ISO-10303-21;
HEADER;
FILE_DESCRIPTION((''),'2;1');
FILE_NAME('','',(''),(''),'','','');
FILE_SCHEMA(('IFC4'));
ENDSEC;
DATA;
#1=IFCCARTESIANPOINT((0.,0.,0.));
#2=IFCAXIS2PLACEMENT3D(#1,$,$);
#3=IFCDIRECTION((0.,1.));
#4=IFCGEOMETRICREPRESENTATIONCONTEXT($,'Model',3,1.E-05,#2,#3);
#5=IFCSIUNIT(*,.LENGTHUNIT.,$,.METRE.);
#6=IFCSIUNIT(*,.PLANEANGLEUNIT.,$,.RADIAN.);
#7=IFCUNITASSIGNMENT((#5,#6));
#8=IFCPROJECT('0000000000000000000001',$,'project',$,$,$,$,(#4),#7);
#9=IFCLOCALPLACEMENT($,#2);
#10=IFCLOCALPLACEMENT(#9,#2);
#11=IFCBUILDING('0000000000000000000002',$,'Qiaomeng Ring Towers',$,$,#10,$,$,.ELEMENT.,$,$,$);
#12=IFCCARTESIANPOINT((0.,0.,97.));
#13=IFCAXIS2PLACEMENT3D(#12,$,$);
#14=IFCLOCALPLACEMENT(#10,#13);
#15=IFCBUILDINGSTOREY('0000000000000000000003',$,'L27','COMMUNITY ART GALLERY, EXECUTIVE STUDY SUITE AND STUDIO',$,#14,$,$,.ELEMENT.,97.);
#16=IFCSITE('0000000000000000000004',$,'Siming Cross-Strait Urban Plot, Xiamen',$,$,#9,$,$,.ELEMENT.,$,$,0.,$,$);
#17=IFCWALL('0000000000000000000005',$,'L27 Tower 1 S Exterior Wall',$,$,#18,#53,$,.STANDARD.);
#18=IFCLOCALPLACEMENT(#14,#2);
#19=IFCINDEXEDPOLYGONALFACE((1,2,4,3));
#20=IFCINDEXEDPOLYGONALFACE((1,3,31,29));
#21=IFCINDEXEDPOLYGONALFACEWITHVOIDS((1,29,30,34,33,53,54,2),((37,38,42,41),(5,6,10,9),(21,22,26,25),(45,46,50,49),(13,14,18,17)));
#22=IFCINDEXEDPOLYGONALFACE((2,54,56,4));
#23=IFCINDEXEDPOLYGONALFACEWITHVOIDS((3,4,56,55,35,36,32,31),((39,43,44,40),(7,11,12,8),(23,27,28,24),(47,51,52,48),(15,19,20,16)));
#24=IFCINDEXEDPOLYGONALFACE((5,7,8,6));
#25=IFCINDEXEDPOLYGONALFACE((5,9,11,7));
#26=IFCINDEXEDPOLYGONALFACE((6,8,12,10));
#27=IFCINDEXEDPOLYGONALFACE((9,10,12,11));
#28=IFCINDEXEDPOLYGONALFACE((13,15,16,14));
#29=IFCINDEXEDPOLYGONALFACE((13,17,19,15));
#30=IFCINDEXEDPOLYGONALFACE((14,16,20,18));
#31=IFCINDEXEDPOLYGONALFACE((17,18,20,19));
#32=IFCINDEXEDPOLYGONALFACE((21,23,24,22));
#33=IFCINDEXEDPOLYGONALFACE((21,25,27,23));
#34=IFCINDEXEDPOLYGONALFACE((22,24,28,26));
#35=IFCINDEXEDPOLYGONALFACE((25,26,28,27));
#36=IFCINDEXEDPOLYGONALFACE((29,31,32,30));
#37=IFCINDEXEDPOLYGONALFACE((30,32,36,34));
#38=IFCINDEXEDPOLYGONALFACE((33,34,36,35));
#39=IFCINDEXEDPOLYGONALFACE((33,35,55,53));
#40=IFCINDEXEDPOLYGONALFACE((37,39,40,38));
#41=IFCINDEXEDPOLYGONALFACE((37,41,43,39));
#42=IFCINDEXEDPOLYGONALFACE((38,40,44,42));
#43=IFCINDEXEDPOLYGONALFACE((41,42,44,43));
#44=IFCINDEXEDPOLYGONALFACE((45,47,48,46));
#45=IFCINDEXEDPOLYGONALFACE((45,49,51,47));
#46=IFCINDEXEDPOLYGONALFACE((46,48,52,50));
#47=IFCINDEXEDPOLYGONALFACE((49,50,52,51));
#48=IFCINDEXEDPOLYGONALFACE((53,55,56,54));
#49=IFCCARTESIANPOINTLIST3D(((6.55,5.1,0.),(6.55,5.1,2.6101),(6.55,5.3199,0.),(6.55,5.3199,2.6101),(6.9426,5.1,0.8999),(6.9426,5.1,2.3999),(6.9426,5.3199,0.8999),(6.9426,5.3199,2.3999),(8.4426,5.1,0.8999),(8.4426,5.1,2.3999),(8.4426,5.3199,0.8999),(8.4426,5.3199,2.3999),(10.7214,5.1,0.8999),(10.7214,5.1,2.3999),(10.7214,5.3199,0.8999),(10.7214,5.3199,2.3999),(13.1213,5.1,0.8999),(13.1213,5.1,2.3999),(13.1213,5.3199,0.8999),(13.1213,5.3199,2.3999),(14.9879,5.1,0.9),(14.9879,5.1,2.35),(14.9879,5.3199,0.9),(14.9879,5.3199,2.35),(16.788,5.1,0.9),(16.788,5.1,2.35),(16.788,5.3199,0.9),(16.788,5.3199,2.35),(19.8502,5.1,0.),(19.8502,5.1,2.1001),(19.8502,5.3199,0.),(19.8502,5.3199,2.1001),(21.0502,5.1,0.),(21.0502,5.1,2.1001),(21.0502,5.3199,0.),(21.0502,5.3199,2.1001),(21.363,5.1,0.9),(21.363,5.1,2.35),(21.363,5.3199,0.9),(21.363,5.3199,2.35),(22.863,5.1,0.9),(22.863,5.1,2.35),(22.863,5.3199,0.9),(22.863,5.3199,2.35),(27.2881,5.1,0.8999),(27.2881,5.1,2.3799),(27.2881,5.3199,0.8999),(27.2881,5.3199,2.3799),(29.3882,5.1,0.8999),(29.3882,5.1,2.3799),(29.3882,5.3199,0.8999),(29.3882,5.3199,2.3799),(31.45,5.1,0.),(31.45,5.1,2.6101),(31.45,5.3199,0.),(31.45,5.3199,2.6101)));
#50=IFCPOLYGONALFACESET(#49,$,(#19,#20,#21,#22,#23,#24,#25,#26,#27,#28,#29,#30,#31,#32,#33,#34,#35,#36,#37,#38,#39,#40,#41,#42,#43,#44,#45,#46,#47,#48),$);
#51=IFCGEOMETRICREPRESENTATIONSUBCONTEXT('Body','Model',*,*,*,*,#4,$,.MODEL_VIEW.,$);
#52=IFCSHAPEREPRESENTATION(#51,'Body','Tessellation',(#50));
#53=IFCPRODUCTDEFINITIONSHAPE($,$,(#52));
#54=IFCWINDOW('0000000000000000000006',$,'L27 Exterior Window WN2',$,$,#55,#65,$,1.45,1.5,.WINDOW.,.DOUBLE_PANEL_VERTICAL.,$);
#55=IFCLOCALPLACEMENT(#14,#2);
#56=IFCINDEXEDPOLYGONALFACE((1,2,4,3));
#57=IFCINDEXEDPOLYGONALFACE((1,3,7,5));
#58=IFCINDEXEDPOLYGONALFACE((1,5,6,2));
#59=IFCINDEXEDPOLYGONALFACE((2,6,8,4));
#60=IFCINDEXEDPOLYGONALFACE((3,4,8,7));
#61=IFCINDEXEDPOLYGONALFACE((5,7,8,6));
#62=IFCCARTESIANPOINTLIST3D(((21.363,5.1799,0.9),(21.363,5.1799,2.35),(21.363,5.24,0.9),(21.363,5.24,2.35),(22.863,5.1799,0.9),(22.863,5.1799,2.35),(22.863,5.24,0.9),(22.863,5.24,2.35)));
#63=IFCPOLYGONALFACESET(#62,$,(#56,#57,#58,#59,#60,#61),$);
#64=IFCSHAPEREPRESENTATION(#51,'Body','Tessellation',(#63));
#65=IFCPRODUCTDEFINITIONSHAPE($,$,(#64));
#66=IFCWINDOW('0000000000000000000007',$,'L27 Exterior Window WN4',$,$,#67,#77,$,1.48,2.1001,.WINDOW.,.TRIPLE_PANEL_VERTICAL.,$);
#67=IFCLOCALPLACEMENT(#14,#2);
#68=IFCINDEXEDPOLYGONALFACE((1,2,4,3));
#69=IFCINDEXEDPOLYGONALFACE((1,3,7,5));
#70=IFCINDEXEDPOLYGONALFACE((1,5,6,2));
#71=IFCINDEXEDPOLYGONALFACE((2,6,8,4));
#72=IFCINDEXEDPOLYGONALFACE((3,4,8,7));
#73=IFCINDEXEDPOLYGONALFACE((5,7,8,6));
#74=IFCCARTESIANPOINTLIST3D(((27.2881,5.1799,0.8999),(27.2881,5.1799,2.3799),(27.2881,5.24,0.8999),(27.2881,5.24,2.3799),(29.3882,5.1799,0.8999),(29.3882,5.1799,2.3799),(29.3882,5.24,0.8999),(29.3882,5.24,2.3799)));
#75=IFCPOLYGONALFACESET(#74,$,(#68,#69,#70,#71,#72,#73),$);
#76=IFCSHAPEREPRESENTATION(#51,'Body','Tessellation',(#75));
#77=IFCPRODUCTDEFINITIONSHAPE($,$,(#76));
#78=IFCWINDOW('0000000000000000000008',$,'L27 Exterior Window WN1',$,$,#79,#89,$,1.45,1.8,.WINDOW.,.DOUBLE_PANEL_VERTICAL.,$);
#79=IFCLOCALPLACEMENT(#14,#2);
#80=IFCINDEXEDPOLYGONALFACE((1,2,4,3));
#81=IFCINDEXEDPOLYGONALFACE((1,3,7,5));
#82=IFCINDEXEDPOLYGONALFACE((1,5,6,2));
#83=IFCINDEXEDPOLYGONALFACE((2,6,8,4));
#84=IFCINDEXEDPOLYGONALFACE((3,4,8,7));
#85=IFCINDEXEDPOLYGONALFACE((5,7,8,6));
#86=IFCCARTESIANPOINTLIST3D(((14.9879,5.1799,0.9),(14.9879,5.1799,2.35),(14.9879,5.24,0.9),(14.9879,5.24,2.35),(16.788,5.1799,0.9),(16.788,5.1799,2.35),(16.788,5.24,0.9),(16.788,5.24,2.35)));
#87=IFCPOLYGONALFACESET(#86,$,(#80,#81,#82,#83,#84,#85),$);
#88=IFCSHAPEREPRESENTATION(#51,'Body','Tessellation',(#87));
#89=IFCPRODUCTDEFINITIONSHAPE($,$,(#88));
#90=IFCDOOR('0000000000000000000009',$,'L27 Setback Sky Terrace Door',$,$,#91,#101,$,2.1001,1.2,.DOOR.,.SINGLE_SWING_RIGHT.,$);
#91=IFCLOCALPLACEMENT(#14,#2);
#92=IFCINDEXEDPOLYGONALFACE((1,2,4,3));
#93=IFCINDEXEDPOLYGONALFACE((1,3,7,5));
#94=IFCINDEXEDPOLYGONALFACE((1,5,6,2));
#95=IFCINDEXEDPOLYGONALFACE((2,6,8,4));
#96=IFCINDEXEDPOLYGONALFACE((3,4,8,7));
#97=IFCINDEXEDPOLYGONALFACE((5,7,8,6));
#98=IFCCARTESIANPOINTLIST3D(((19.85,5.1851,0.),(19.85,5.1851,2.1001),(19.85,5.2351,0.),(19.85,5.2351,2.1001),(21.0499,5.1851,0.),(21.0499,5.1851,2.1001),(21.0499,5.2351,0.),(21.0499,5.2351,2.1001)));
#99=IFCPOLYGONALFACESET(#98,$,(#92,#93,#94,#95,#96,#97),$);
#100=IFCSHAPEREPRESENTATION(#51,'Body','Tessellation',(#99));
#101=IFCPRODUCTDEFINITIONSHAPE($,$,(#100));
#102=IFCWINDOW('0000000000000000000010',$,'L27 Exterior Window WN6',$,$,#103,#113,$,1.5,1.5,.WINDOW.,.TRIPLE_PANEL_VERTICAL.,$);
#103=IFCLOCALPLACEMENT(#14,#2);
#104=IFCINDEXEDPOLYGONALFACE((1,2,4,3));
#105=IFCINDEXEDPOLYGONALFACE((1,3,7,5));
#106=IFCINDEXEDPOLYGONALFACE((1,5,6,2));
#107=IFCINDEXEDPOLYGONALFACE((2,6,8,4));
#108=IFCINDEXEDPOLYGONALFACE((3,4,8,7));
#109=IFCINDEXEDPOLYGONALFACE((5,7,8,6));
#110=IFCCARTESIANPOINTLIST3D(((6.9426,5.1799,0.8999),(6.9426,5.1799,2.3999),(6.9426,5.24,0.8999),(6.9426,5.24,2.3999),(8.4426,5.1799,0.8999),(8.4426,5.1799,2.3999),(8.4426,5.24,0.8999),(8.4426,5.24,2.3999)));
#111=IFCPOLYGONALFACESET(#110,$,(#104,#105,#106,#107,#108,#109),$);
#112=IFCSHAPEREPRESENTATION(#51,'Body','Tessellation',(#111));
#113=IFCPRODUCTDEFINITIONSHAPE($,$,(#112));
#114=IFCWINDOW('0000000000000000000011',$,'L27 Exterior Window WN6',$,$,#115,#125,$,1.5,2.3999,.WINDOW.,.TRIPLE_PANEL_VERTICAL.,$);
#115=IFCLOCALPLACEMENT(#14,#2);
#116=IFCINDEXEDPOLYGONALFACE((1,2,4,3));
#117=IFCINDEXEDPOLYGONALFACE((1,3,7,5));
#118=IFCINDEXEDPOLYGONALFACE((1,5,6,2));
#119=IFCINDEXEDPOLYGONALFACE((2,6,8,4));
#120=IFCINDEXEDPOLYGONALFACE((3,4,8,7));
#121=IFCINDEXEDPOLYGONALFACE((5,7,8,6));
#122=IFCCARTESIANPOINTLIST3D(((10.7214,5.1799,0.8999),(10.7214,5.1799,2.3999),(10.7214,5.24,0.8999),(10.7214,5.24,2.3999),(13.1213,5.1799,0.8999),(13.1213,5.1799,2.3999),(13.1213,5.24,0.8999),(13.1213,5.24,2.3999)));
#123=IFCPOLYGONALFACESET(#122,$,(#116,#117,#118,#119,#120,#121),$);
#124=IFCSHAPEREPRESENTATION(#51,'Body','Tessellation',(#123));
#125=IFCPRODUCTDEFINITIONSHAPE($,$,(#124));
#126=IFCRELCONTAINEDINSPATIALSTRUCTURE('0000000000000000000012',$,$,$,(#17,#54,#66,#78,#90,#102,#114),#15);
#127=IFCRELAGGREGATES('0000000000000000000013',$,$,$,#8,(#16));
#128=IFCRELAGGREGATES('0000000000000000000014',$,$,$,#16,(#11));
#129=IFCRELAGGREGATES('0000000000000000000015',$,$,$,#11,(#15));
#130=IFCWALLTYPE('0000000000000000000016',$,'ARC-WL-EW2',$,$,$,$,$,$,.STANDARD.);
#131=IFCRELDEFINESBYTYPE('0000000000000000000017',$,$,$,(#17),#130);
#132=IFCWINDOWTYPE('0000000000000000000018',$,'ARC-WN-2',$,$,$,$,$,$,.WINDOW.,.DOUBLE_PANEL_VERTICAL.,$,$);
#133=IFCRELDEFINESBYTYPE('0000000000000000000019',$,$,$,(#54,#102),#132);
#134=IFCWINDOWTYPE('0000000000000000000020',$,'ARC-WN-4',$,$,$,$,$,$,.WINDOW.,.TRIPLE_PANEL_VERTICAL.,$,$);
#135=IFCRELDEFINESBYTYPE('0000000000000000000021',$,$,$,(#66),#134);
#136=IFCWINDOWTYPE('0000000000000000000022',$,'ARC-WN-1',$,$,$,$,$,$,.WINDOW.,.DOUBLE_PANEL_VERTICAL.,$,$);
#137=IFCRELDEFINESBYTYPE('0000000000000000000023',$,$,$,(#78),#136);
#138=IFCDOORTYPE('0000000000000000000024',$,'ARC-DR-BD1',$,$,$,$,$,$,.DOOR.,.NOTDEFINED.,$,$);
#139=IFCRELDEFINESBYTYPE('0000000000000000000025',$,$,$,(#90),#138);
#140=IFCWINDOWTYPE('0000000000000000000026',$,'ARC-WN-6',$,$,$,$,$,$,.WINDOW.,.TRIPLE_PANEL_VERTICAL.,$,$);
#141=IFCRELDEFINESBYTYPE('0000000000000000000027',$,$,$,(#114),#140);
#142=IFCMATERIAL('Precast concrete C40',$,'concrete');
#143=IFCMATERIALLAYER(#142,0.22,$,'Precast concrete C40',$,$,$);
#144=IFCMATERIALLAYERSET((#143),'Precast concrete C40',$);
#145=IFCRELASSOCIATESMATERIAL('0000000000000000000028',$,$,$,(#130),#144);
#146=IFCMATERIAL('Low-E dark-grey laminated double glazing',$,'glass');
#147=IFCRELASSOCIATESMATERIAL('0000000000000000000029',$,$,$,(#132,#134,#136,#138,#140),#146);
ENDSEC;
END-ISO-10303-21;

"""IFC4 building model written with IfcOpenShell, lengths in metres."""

from ifc_helpers import new_model, si_unit, direction, frame, frame_2d, origin, place, context, subcontext, project, spatial, rectangle, extrude, source, transform, mapped, material, layer, layer_set, type_object, element, fill, save


model = new_model("IFC4")

# Units and contexts
model_context = context("Model", 3, precision=1e-05, world=origin(), true_north=direction((0.0, 1.0)))
body_context = subcontext(model_context, "Body", "Model", "MODEL_VIEW")
ifc_project = project(units=[si_unit("LENGTHUNIT", "METRE"), si_unit("PLANEANGLEUNIT", "RADIAN")], contexts=[model_context])

# Site, building, storey
site_placement = place(None, origin())
site = spatial("IfcSite", under=ifc_project, at=site_placement, Name="Siming Cross-Strait Urban Plot, Xiamen", CompositionType="ELEMENT", RefElevation=0.0)
building_placement = place(site_placement, origin())
building = spatial("IfcBuilding", under=site, at=building_placement, Name="Qiaomeng Ring Towers", CompositionType="ELEMENT")
storey_placement = place(building_placement, frame((0.0, 0.0, 97.0)))
storey = spatial("IfcBuildingStorey", under=building, at=storey_placement, Name="L27", Description="COMMUNITY ART GALLERY, EXECUTIVE STUDY SUITE AND STUDIO", CompositionType="ELEMENT", Elevation=97.0)

# Shared definitions
ifc_material_1 = material(Name="Precast concrete C40", Category="concrete")

# Shared definitions
ifc_material_2 = material(Name="Low-E dark-grey laminated double glazing", Category="glass")

# Wall, openings, windows, door
ifc_layer_1 = layer(ifc_material_1, 0.22, Name="Precast concrete C40")
ifc_layer_set_1 = layer_set([ifc_layer_1], Name="Precast concrete C40")
wall_type_1 = type_object("IfcWallType", Name="ARC-WL-EW2", PredefinedType="STANDARD", material=ifc_layer_set_1)
wall_1_placement = place(storey_placement, frame((6.55, 5.21, 0.0), z_axis=(0.0, 0.0, 1.0), x_axis=(1.0, 0.0, 0.0)))
wall_1 = element("IfcWall", 1, at=wall_1_placement, inside=storey, type_object=wall_type_1, Name="L27 Tower 1 S Exterior Wall", PredefinedType="STANDARD", context=body_context, shape_type="SweptSolid", body=[
    extrude(rectangle(XDim=24.8999, YDim=0.22, at=frame_2d((12.45, 0.0))), origin(), (0.0, 0.0, 1.0), 2.6101),
])
opening_1_placement = place(wall_1_placement, frame((13.3, 0.0, 0.0)))
opening_1 = element("IfcOpeningElement", 2, at=opening_1_placement, cuts=wall_1, PredefinedType="OPENING", context=body_context, shape_type="SweptSolid", body=[
    extrude(rectangle(XDim=1.2, YDim=2.1001, at=frame_2d((0.6001, 1.05))), frame((0.0, 0.1199, 0.0), z_axis=(0.0, -1.0, 0.0), x_axis=(1.0, 0.0, 0.0)), (0.0, 0.0, 1.0), 0.24),
])
opening_2_placement = place(wall_1_placement, frame((0.3926, 0.0, 0.8999)))
opening_2 = element("IfcOpeningElement", 3, at=opening_2_placement, cuts=wall_1, PredefinedType="OPENING", context=body_context, shape_type="SweptSolid", body=[
    extrude(rectangle(XDim=1.5, YDim=1.5, at=frame_2d((0.75, 0.75))), frame((0.0, 0.1199, 0.0), z_axis=(0.0, -1.0, 0.0), x_axis=(1.0, 0.0, 0.0)), (0.0, 0.0, 1.0), 0.24),
])
opening_3_placement = place(wall_1_placement, frame((8.438, 0.0, 0.8999)))
opening_3 = element("IfcOpeningElement", 4, at=opening_3_placement, cuts=wall_1, PredefinedType="OPENING", context=body_context, shape_type="SweptSolid", body=[
    extrude(rectangle(XDim=1.8, YDim=1.45, at=frame_2d((0.8999, 0.7251))), frame((0.0, 0.1199, 0.0), z_axis=(0.0, -1.0, 0.0), x_axis=(1.0, 0.0, 0.0)), (0.0, 0.0, 1.0), 0.24),
])
opening_4_placement = place(wall_1_placement, frame((14.813, 0.0, 0.8999)))
opening_4 = element("IfcOpeningElement", 5, at=opening_4_placement, cuts=wall_1, PredefinedType="OPENING", context=body_context, shape_type="SweptSolid", body=[
    extrude(rectangle(XDim=1.5, YDim=1.45, at=frame_2d((0.75, 0.7251))), frame((0.0, 0.1199, 0.0), z_axis=(0.0, -1.0, 0.0), x_axis=(1.0, 0.0, 0.0)), (0.0, 0.0, 1.0), 0.24),
])
opening_5_placement = place(wall_1_placement, frame((20.738, 0.0, 0.8999)))
opening_5 = element("IfcOpeningElement", 6, at=opening_5_placement, cuts=wall_1, PredefinedType="OPENING", context=body_context, shape_type="SweptSolid", body=[
    extrude(rectangle(XDim=2.1001, YDim=1.48, at=frame_2d((1.05, 0.74))), frame((0.0, 0.1199, 0.0), z_axis=(0.0, -1.0, 0.0), x_axis=(1.0, 0.0, 0.0)), (0.0, 0.0, 1.0), 0.24),
])
opening_6_placement = place(wall_1_placement, frame((4.1714, 0.0, 0.8999)))
opening_6 = element("IfcOpeningElement", 7, at=opening_6_placement, cuts=wall_1, PredefinedType="OPENING", context=body_context, shape_type="SweptSolid", body=[
    extrude(rectangle(XDim=2.3999, YDim=1.5, at=frame_2d((1.2, 0.75))), frame((0.0, 0.1199, 0.0), z_axis=(0.0, -1.0, 0.0), x_axis=(1.0, 0.0, 0.0)), (0.0, 0.0, 1.0), 0.24),
])
window_type_1 = type_object("IfcWindowType", Name="ARC-WN-2", PartitioningType="DOUBLE_PANEL_VERTICAL", PredefinedType="WINDOW", material=ifc_material_2)
shared_shape_1 = source(origin(), body_context, "Body", "SweptSolid", [
    extrude(rectangle(XDim=1.5, YDim=1.45, at=frame_2d((0.75, 0.7251))), frame((0.0, 0.03, 0.0), z_axis=(0.0, -1.0, 0.0), x_axis=(1.0, 0.0, 0.0)), (0.0, 0.0, 1.0), 0.0601),
])
window_1_placement = place(opening_4_placement, origin())
window_1 = element("IfcWindow", 8, at=window_1_placement, inside=storey, type_object=window_type_1, Name="L27 Exterior Window WN2", OverallHeight=1.45, OverallWidth=1.5, PartitioningType="DOUBLE_PANEL_VERTICAL", PredefinedType="WINDOW", context=body_context, shape_type="MappedRepresentation", body=[
    mapped(shared_shape_1, transform((0.0, 0.0, 0.0), x_axis=(1.0, 0.0, 0.0), y_axis=(0.0, 1.0, 0.0), z_axis=(0.0, 0.0, 1.0), scale=1.0)),
])
fill(opening_4, window_1)
window_type_2 = type_object("IfcWindowType", Name="ARC-WN-4", PartitioningType="TRIPLE_PANEL_VERTICAL", PredefinedType="WINDOW", material=ifc_material_2)
shared_shape_2 = source(origin(), body_context, "Body", "SweptSolid", [
    extrude(rectangle(XDim=2.1001, YDim=1.48, at=frame_2d((1.05, 0.74))), frame((0.0, 0.03, 0.0), z_axis=(0.0, -1.0, 0.0), x_axis=(1.0, 0.0, 0.0)), (0.0, 0.0, 1.0), 0.0601),
])
window_2_placement = place(opening_5_placement, origin())
window_2 = element("IfcWindow", 9, at=window_2_placement, inside=storey, type_object=window_type_2, Name="L27 Exterior Window WN4", OverallHeight=1.48, OverallWidth=2.1001, PartitioningType="TRIPLE_PANEL_VERTICAL", PredefinedType="WINDOW", context=body_context, shape_type="MappedRepresentation", body=[
    mapped(shared_shape_2, transform((0.0, 0.0, 0.0), x_axis=(1.0, 0.0, 0.0), y_axis=(0.0, 1.0, 0.0), z_axis=(0.0, 0.0, 1.0), scale=1.0)),
])
fill(opening_5, window_2)
window_type_3 = type_object("IfcWindowType", Name="ARC-WN-1", PartitioningType="DOUBLE_PANEL_VERTICAL", PredefinedType="WINDOW", material=ifc_material_2)
shared_shape_3 = source(origin(), body_context, "Body", "SweptSolid", [
    extrude(rectangle(XDim=1.8, YDim=1.45, at=frame_2d((0.8999, 0.7251))), frame((0.0, 0.03, 0.0), z_axis=(0.0, -1.0, 0.0), x_axis=(1.0, 0.0, 0.0)), (0.0, 0.0, 1.0), 0.0601),
])
window_3_placement = place(opening_3_placement, origin())
window_3 = element("IfcWindow", 10, at=window_3_placement, inside=storey, type_object=window_type_3, Name="L27 Exterior Window WN1", OverallHeight=1.45, OverallWidth=1.8, PartitioningType="DOUBLE_PANEL_VERTICAL", PredefinedType="WINDOW", context=body_context, shape_type="MappedRepresentation", body=[
    mapped(shared_shape_3, transform((0.0, 0.0, 0.0), x_axis=(1.0, 0.0, 0.0), y_axis=(0.0, 1.0, 0.0), z_axis=(0.0, 0.0, 1.0), scale=1.0)),
])
fill(opening_3, window_3)
door_type_1 = type_object("IfcDoorType", Name="ARC-DR-BD1", OperationType="NOTDEFINED", PredefinedType="DOOR", material=ifc_material_2)
shared_shape_4 = source(origin(), body_context, "Body", "SweptSolid", [
    extrude(rectangle(XDim=1.2, YDim=2.1001, at=frame_2d((0.6001, 1.05))), frame((0.0, 0.0249, 0.0), z_axis=(0.0, -1.0, 0.0), x_axis=(1.0, 0.0, 0.0)), (0.0, 0.0, 1.0), 0.05),
])
door_1_placement = place(opening_1_placement, frame((1.2, 0.0, 0.0), z_axis=(0.0, 0.0, 1.0), x_axis=(-1.0, 0.0, 0.0)))
door_1 = element("IfcDoor", 11, at=door_1_placement, inside=storey, type_object=door_type_1, Name="L27 Setback Sky Terrace Door", OperationType="SINGLE_SWING_RIGHT", OverallHeight=2.1001, OverallWidth=1.2, PredefinedType="DOOR", context=body_context, shape_type="MappedRepresentation", body=[
    mapped(shared_shape_4, transform((0.0, 0.0, 0.0), x_axis=(1.0, 0.0, 0.0), y_axis=(0.0, 1.0, 0.0), z_axis=(0.0, 0.0, 1.0), scale=1.0)),
])
fill(opening_1, door_1)
shared_shape_5 = source(origin(), body_context, "Body", "SweptSolid", [
    extrude(rectangle(XDim=1.5, YDim=1.5, at=frame_2d((0.75, 0.75))), frame((0.0, 0.03, 0.0), z_axis=(0.0, -1.0, 0.0), x_axis=(1.0, 0.0, 0.0)), (0.0, 0.0, 1.0), 0.0601),
])
window_4_placement = place(opening_2_placement, origin())
window_4 = element("IfcWindow", 12, at=window_4_placement, inside=storey, type_object=window_type_1, Name="L27 Exterior Window WN6", OverallHeight=1.5, OverallWidth=1.5, PartitioningType="TRIPLE_PANEL_VERTICAL", PredefinedType="WINDOW", context=body_context, shape_type="MappedRepresentation", body=[
    mapped(shared_shape_5, transform((0.0, 0.0, 0.0), x_axis=(1.0, 0.0, 0.0), y_axis=(0.0, 1.0, 0.0), z_axis=(0.0, 0.0, 1.0), scale=1.0)),
])
fill(opening_2, window_4)
window_type_4 = type_object("IfcWindowType", Name="ARC-WN-6", PartitioningType="TRIPLE_PANEL_VERTICAL", PredefinedType="WINDOW", material=ifc_material_2)
shared_shape_6 = source(origin(), body_context, "Body", "SweptSolid", [
    extrude(rectangle(XDim=2.3999, YDim=1.5, at=frame_2d((1.2, 0.75))), frame((0.0, 0.03, 0.0), z_axis=(0.0, -1.0, 0.0), x_axis=(1.0, 0.0, 0.0)), (0.0, 0.0, 1.0), 0.0601),
])
window_5_placement = place(opening_6_placement, origin())
window_5 = element("IfcWindow", 13, at=window_5_placement, inside=storey, type_object=window_type_4, Name="L27 Exterior Window WN6", OverallHeight=1.5, OverallWidth=2.3999, PartitioningType="TRIPLE_PANEL_VERTICAL", PredefinedType="WINDOW", context=body_context, shape_type="MappedRepresentation", body=[
    mapped(shared_shape_6, transform((0.0, 0.0, 0.0), x_axis=(1.0, 0.0, 0.0), y_axis=(0.0, 1.0, 0.0), z_axis=(0.0, 0.0, 1.0), scale=1.0)),
])
fill(opening_6, window_5)

save(model, "model.ifc")
